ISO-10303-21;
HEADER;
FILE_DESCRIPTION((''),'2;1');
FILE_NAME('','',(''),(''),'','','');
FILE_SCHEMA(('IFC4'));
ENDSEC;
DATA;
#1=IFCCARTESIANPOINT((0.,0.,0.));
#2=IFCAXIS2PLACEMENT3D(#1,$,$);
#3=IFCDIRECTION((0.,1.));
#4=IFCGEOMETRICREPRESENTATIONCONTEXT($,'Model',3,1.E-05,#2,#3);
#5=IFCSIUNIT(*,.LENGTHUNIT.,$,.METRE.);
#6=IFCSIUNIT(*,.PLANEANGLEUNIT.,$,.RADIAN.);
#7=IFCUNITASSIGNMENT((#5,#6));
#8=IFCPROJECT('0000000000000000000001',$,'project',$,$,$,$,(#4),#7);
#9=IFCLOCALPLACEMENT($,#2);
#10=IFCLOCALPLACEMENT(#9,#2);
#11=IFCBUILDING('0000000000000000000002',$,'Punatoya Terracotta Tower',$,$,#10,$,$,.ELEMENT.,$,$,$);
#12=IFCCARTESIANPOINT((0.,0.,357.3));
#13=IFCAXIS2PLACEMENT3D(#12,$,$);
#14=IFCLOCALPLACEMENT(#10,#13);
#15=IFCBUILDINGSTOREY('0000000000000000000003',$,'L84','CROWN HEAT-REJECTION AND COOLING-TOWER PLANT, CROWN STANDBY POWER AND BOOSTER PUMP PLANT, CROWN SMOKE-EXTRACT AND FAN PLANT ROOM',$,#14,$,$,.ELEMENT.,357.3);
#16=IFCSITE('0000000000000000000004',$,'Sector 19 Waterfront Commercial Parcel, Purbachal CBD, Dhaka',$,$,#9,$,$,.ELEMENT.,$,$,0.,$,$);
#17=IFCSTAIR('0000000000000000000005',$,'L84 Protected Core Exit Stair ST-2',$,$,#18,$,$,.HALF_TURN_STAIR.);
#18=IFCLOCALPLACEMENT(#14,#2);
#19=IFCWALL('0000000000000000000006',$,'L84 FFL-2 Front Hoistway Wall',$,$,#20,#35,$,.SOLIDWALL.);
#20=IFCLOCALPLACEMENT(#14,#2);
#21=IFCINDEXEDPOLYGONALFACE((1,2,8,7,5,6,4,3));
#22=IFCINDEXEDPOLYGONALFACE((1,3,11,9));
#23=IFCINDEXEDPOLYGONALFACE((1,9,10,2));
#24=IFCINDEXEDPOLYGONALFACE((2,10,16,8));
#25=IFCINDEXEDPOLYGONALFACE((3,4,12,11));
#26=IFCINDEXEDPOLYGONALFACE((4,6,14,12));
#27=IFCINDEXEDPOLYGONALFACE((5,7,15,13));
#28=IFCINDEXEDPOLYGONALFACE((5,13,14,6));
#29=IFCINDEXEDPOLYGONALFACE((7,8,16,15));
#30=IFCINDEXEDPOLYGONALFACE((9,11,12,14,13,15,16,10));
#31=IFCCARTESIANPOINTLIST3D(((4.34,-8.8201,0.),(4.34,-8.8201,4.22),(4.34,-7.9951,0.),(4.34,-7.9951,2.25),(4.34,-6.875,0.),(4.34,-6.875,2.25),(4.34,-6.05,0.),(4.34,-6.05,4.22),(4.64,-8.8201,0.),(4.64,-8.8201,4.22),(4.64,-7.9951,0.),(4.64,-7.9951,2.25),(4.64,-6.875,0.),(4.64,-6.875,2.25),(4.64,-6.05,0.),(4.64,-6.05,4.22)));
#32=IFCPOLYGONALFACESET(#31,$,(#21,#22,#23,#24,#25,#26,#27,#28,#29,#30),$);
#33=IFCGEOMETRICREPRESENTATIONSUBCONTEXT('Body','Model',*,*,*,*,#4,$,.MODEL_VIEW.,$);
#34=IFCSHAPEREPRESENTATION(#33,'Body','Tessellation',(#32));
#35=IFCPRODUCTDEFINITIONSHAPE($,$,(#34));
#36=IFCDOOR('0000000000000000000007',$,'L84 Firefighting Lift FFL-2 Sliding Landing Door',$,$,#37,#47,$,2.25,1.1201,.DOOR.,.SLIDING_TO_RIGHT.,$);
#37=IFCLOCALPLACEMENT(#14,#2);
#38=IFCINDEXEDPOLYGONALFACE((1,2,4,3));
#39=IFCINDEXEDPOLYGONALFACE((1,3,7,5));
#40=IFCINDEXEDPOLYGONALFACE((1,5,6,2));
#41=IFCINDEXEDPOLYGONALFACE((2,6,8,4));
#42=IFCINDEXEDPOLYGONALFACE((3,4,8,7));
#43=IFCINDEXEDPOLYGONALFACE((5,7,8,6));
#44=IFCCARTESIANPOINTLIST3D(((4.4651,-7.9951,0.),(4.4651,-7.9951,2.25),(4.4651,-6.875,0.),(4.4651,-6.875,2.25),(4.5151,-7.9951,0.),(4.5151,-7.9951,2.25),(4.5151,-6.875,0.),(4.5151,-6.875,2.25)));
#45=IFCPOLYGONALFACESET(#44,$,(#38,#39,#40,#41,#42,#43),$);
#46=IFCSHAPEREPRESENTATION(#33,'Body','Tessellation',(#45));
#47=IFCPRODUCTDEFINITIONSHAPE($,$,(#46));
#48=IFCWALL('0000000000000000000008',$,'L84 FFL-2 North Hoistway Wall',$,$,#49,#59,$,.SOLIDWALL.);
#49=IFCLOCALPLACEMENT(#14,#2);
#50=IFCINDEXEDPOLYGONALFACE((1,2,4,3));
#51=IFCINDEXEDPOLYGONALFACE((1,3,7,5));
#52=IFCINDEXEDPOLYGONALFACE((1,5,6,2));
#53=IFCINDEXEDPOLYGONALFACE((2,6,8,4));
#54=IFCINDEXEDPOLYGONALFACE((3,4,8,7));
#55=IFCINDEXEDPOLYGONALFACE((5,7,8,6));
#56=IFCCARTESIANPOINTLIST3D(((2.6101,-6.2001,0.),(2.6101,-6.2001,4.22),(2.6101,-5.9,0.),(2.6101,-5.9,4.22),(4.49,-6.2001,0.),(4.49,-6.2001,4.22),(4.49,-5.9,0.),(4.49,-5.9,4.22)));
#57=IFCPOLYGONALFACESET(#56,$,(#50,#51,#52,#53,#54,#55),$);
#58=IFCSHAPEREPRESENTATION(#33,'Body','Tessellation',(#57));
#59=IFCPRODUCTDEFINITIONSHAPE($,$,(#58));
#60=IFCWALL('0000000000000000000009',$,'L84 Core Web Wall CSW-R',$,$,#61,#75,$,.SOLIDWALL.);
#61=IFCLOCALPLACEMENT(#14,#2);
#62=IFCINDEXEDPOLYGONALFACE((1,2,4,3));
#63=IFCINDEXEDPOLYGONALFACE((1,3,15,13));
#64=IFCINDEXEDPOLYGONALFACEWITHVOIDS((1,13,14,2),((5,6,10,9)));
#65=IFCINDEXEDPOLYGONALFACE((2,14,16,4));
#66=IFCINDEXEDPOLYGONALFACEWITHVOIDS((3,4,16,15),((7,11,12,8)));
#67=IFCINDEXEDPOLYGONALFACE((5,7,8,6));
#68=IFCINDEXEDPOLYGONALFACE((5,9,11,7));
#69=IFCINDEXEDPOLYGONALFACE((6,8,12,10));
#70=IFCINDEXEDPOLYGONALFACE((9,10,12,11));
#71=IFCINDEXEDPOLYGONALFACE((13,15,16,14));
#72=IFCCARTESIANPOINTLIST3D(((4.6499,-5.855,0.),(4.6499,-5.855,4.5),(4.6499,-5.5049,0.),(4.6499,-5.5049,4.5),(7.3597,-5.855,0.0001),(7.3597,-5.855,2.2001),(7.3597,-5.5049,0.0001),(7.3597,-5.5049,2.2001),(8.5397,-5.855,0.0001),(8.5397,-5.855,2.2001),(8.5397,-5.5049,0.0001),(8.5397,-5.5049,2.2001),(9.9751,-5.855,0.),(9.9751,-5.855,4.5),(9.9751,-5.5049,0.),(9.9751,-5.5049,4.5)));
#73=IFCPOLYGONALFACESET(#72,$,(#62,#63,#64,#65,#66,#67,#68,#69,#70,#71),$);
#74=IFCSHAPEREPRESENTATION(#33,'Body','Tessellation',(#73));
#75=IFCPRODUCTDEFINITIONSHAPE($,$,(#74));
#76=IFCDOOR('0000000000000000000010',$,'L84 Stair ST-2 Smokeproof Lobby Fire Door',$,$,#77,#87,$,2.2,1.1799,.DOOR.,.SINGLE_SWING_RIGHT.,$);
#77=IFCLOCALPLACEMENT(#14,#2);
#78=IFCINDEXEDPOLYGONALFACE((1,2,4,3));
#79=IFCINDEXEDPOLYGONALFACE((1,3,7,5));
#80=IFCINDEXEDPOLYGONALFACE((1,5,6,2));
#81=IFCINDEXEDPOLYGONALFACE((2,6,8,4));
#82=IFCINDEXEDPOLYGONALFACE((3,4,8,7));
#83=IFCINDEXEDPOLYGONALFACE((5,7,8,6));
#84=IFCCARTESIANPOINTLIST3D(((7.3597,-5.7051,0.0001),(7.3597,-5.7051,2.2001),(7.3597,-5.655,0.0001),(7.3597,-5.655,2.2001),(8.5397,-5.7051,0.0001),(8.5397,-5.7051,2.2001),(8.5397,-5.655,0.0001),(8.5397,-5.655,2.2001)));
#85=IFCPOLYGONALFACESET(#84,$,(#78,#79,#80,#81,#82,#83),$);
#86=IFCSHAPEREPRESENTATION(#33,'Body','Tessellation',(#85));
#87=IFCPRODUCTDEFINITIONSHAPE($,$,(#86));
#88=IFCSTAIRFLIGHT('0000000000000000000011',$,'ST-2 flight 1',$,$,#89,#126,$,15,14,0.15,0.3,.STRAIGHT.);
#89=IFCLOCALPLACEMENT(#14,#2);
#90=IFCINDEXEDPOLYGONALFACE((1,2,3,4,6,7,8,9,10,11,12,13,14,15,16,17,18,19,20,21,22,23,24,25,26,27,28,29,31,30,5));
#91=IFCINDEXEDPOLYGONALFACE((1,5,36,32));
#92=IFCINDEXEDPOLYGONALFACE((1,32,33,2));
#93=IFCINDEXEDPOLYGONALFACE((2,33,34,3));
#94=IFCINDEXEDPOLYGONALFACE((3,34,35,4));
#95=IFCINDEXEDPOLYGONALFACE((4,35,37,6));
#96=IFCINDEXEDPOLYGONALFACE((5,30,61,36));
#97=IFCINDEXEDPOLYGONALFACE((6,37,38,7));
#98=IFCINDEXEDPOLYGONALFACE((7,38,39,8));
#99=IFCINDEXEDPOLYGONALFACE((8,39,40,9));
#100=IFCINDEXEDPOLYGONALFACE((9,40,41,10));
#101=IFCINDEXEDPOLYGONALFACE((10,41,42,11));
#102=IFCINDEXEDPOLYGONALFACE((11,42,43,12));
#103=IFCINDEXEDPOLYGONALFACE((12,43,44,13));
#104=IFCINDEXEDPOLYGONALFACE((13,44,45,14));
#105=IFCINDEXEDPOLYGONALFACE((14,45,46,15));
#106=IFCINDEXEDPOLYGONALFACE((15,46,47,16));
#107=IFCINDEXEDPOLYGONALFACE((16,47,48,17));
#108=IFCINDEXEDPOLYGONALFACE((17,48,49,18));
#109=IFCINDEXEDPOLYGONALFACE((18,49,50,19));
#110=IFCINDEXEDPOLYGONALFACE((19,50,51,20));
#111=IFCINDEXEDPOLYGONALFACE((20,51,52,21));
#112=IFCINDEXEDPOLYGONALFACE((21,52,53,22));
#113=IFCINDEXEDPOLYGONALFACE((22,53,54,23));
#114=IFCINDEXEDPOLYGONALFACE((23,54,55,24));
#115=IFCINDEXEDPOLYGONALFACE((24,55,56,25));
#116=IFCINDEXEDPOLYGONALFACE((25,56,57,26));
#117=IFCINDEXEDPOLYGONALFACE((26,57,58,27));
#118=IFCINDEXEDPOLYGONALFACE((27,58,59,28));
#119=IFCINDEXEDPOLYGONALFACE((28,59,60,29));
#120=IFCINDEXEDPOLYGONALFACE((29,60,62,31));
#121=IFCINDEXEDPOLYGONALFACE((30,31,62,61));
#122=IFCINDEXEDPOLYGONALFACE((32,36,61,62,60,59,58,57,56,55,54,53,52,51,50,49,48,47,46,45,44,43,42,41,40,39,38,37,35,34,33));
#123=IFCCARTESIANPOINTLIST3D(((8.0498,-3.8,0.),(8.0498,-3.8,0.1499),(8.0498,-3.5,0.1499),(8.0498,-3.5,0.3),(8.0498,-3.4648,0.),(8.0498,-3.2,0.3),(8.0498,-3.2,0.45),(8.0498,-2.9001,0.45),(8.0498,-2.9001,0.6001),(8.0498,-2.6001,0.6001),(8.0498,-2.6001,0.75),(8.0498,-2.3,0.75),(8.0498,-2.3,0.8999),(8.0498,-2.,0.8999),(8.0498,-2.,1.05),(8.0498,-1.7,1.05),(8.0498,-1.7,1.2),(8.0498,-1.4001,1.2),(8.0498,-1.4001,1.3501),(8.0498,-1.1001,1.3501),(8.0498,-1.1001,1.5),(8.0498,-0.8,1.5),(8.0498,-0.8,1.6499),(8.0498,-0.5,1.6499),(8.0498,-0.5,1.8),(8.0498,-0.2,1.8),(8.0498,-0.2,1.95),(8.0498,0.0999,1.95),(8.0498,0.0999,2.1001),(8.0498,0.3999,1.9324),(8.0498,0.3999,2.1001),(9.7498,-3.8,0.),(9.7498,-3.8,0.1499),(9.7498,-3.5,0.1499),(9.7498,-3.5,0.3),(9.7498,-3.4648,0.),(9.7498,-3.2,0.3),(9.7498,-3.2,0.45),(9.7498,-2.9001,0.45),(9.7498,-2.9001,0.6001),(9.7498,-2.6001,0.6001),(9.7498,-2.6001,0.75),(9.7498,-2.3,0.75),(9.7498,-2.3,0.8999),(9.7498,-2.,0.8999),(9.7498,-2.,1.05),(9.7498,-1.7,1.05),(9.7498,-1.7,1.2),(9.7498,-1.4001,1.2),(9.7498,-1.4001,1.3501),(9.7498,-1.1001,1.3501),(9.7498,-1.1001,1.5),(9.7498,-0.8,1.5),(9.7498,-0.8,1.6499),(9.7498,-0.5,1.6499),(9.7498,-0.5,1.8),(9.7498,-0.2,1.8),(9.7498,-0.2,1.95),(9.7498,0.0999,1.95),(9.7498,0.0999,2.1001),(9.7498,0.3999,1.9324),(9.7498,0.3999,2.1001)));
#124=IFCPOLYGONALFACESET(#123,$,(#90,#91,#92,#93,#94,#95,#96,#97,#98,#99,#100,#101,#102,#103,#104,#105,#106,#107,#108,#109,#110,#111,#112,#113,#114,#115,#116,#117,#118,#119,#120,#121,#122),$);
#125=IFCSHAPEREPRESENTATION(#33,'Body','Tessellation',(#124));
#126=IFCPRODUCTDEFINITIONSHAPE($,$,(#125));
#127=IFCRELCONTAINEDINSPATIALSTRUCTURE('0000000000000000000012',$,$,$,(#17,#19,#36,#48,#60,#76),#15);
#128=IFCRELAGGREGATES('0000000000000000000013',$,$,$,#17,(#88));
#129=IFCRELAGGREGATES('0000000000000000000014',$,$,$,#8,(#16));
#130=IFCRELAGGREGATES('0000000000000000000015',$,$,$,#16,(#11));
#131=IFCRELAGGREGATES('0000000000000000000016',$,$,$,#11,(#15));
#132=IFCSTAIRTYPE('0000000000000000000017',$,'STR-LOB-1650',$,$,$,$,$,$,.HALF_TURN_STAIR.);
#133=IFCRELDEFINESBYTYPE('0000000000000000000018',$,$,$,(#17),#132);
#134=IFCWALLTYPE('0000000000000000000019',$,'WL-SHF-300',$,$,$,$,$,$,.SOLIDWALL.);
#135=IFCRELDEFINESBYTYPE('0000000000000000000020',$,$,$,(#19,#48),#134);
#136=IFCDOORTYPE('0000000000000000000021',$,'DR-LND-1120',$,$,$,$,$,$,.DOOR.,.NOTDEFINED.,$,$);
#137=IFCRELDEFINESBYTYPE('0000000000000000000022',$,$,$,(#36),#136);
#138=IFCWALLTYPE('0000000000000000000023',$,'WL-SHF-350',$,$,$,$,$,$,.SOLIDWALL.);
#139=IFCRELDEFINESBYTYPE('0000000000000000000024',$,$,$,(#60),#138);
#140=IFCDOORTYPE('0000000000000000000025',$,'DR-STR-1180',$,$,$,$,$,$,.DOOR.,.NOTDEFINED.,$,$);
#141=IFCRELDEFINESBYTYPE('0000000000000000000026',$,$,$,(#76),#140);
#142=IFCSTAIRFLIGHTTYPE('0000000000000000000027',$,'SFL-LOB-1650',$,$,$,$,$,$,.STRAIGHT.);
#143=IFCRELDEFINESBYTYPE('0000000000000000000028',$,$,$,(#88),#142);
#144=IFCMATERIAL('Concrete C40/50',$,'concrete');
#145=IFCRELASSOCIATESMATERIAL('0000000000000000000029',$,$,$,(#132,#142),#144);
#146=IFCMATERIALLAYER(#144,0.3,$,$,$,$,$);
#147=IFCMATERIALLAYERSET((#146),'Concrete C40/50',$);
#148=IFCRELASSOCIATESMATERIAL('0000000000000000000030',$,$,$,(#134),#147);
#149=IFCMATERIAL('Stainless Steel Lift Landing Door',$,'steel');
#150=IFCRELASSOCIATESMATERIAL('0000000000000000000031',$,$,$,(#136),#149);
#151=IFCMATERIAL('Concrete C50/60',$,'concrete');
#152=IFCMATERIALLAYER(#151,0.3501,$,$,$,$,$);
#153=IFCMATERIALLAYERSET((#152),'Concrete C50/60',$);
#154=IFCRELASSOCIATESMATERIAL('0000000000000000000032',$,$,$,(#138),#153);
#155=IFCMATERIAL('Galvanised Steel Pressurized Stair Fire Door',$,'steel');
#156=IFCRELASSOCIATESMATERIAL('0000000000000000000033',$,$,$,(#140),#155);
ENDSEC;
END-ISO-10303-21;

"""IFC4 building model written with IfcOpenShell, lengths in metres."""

from ifc_helpers import new_model, si_unit, direction, frame, frame_2d, origin, place, context, subcontext, project, spatial, polyline, rectangle, outline, extrude, material, layer, layer_set, type_object, element, fill, aggregate, save


model = new_model("IFC4")

# Units and contexts
model_context = context("Model", 3, precision=1e-05, world=origin(), true_north=direction((0.0, 1.0)))
body_context = subcontext(model_context, "Body", "Model", "MODEL_VIEW")
ifc_project = project(units=[si_unit("LENGTHUNIT", "METRE"), si_unit("PLANEANGLEUNIT", "RADIAN")], contexts=[model_context])

# Site, building, storey
site_placement = place(None, origin())
site = spatial("IfcSite", under=ifc_project, at=site_placement, Name="Sector 19 Waterfront Commercial Parcel, Purbachal CBD, Dhaka", CompositionType="ELEMENT", RefElevation=0.0)
building_placement = place(site_placement, origin())
building = spatial("IfcBuilding", under=site, at=building_placement, Name="Punatoya Terracotta Tower", CompositionType="ELEMENT")
storey_placement = place(building_placement, frame((0.0, 0.0, 357.3)))
storey = spatial("IfcBuildingStorey", under=building, at=storey_placement, Name="L84", Description="CROWN HEAT-REJECTION AND COOLING-TOWER PLANT, CROWN STANDBY POWER AND BOOSTER PUMP PLANT, CROWN SMOKE-EXTRACT AND FAN PLANT ROOM", CompositionType="ELEMENT", Elevation=357.3)

# Stair
ifc_material_1 = material(Name="Concrete C40/50", Category="concrete")
stair_type_1 = type_object("IfcStairType", Name="STR-LOB-1650", PredefinedType="HALF_TURN_STAIR", material=ifc_material_1)
stair_1_placement = place(storey_placement, origin())
stair_1 = element("IfcStair", 1, at=stair_1_placement, inside=storey, type_object=stair_type_1, Name="L84 Protected Core Exit Stair ST-2", PredefinedType="HALF_TURN_STAIR")

# Wall, opening, door
ifc_layer_1 = layer(ifc_material_1, 0.3)
ifc_layer_set_1 = layer_set([ifc_layer_1], Name="Concrete C40/50")
wall_type_1 = type_object("IfcWallType", Name="WL-SHF-300", PredefinedType="SOLIDWALL", material=ifc_layer_set_1)
wall_1_placement = place(storey_placement, frame((4.49, -8.8201, 0.0), z_axis=(0.0, 0.0, 1.0), x_axis=(0.0, 1.0, 0.0)))
wall_1 = element("IfcWall", 2, at=wall_1_placement, inside=storey, type_object=wall_type_1, Name="L84 FFL-2 Front Hoistway Wall", PredefinedType="SOLIDWALL", context=body_context, shape_type="SweptSolid", body=[
    extrude(rectangle(XDim=2.77, YDim=0.3, at=frame_2d((1.385, 0.0))), origin(), (0.0, 0.0, 1.0), 4.22),
])
opening_1_placement = place(wall_1_placement, frame((0.825, 0.0, 0.0)))
opening_1 = element("IfcOpeningElement", 3, at=opening_1_placement, cuts=wall_1, PredefinedType="OPENING", context=body_context, shape_type="SweptSolid", body=[
    extrude(rectangle(XDim=1.1201, YDim=2.25, at=frame_2d((0.5601, 1.125))), frame((0.0, 0.1599, 0.0), z_axis=(0.0, -1.0, 0.0), x_axis=(1.0, 0.0, 0.0)), (0.0, 0.0, 1.0), 0.3201),
])
ifc_material_2 = material(Name="Stainless Steel Lift Landing Door", Category="steel")
door_type_1 = type_object("IfcDoorType", Name="DR-LND-1120", OperationType="NOTDEFINED", PredefinedType="DOOR", material=ifc_material_2)
door_1_placement = place(opening_1_placement, origin())
door_1 = element("IfcDoor", 4, at=door_1_placement, inside=storey, type_object=door_type_1, Name="L84 Firefighting Lift FFL-2 Sliding Landing Door", OperationType="SLIDING_TO_RIGHT", OverallHeight=2.25, OverallWidth=1.1201, PredefinedType="DOOR", context=body_context, shape_type="SweptSolid", body=[
    extrude(rectangle(XDim=1.1201, YDim=2.25, at=frame_2d((0.5601, 1.125))), frame((0.0, 0.0249, 0.0), z_axis=(0.0, -1.0, 0.0), x_axis=(1.0, 0.0, 0.0)), (0.0, 0.0, 1.0), 0.05),
])
fill(opening_1, door_1)

# Wall
wall_2_placement = place(storey_placement, frame((2.6101, -6.05, 0.0), z_axis=(0.0, 0.0, 1.0), x_axis=(1.0, 0.0, 0.0)))
element("IfcWall", 5, at=wall_2_placement, inside=storey, type_object=wall_type_1, Name="L84 FFL-2 North Hoistway Wall", PredefinedType="SOLIDWALL", context=body_context, shape_type="SweptSolid", body=[
    extrude(rectangle(XDim=1.8799, YDim=0.3, at=frame_2d((0.9399, 0.0))), origin(), (0.0, 0.0, 1.0), 4.22),
])

# Wall, opening, door
ifc_material_3 = material(Name="Concrete C50/60", Category="concrete")
ifc_layer_2 = layer(ifc_material_3, 0.3501)
ifc_layer_set_2 = layer_set([ifc_layer_2], Name="Concrete C50/60")
wall_type_2 = type_object("IfcWallType", Name="WL-SHF-350", PredefinedType="SOLIDWALL", material=ifc_layer_set_2)
wall_3_placement = place(storey_placement, frame((4.6499, -5.6799, 0.0), z_axis=(0.0, 0.0, 1.0), x_axis=(1.0, 0.0, 0.0)))
wall_3 = element("IfcWall", 6, at=wall_3_placement, inside=storey, type_object=wall_type_2, Name="L84 Core Web Wall CSW-R", PredefinedType="SOLIDWALL", context=body_context, shape_type="SweptSolid", body=[
    extrude(rectangle(XDim=5.3252, YDim=0.3501, at=frame_2d((2.6626, 0.0))), origin(), (0.0, 0.0, 1.0), 4.5),
])
opening_2_placement = place(wall_3_placement, frame((2.71, 0.0, 0.0)))
opening_2 = element("IfcOpeningElement", 7, at=opening_2_placement, cuts=wall_3, PredefinedType="OPENING", context=body_context, shape_type="SweptSolid", body=[
    extrude(rectangle(XDim=1.1799, YDim=2.2, at=frame_2d((0.5898, 1.1001))), frame((0.0, 0.1851, 0.0), z_axis=(0.0, -1.0, 0.0), x_axis=(1.0, 0.0, 0.0)), (0.0, 0.0, 1.0), 0.3701),
])
ifc_material_4 = material(Name="Galvanised Steel Pressurized Stair Fire Door", Category="steel")
door_type_2 = type_object("IfcDoorType", Name="DR-STR-1180", OperationType="NOTDEFINED", PredefinedType="DOOR", material=ifc_material_4)
door_2_placement = place(opening_2_placement, origin())
door_2 = element("IfcDoor", 8, at=door_2_placement, inside=storey, type_object=door_type_2, Name="L84 Stair ST-2 Smokeproof Lobby Fire Door", OperationType="SINGLE_SWING_RIGHT", OverallHeight=2.2, OverallWidth=1.1799, PredefinedType="DOOR", context=body_context, shape_type="SweptSolid", body=[
    extrude(rectangle(XDim=1.1799, YDim=2.2, at=frame_2d((0.5898, 1.1001))), frame((0.0, 0.0249, 0.0), z_axis=(0.0, -1.0, 0.0), x_axis=(1.0, 0.0, 0.0)), (0.0, 0.0, 1.0), 0.05),
])
fill(opening_2, door_2)

# Stair flight
stair_flight_type = type_object("IfcStairFlightType", Name="SFL-LOB-1650", PredefinedType="STRAIGHT", material=ifc_material_1)
stair_flight_placement = place(storey_placement, frame((8.8999, -3.8, 0.0), z_axis=(0.0, 0.0, 1.0), x_axis=(0.0, 1.0, 0.0)))
stair_flight = element("IfcStairFlight", 9, at=stair_flight_placement, type_object=stair_flight_type, Name="ST-2 flight 1", NumberOfRisers=15, NumberOfTreads=14, PredefinedType="STRAIGHT", RiserHeight=0.15, TreadLength=0.3, context=body_context, shape_type="SweptSolid", body=[
    extrude(outline(polyline([(0.0, 0.0), (0.0, 0.1499), (0.3, 0.1499), (0.3, 0.3), (0.6001, 0.3), (0.6001, 0.45), (0.8999, 0.45), (0.8999, 0.6001), (1.2, 0.6001), (1.2, 0.75), (1.5, 0.75), (1.5, 0.8999), (1.8, 0.8999), (1.8, 1.05), (2.1001, 1.05), (2.1001, 1.2), (2.3999, 1.2), (2.3999, 1.3501), (2.7, 1.3501), (2.7, 1.5), (3.0, 1.5), (3.0, 1.6499), (3.3, 1.6499), (3.3, 1.8), (3.6001, 1.8), (3.6001, 1.95), (3.8999, 1.95), (3.8999, 2.1001), (4.2, 2.1001), (4.2, 2.25), (4.2, 1.9324), (0.3352, 0.0), (0.0, 0.0)])), frame((0.0, 0.8501, 0.0), z_axis=(0.0, -1.0, 0.0), x_axis=(1.0, 0.0, 0.0)), (0.0, 0.0, 1.0), 1.7),
])
aggregate(stair_1, [stair_flight])

save(model, "model.ifc")
